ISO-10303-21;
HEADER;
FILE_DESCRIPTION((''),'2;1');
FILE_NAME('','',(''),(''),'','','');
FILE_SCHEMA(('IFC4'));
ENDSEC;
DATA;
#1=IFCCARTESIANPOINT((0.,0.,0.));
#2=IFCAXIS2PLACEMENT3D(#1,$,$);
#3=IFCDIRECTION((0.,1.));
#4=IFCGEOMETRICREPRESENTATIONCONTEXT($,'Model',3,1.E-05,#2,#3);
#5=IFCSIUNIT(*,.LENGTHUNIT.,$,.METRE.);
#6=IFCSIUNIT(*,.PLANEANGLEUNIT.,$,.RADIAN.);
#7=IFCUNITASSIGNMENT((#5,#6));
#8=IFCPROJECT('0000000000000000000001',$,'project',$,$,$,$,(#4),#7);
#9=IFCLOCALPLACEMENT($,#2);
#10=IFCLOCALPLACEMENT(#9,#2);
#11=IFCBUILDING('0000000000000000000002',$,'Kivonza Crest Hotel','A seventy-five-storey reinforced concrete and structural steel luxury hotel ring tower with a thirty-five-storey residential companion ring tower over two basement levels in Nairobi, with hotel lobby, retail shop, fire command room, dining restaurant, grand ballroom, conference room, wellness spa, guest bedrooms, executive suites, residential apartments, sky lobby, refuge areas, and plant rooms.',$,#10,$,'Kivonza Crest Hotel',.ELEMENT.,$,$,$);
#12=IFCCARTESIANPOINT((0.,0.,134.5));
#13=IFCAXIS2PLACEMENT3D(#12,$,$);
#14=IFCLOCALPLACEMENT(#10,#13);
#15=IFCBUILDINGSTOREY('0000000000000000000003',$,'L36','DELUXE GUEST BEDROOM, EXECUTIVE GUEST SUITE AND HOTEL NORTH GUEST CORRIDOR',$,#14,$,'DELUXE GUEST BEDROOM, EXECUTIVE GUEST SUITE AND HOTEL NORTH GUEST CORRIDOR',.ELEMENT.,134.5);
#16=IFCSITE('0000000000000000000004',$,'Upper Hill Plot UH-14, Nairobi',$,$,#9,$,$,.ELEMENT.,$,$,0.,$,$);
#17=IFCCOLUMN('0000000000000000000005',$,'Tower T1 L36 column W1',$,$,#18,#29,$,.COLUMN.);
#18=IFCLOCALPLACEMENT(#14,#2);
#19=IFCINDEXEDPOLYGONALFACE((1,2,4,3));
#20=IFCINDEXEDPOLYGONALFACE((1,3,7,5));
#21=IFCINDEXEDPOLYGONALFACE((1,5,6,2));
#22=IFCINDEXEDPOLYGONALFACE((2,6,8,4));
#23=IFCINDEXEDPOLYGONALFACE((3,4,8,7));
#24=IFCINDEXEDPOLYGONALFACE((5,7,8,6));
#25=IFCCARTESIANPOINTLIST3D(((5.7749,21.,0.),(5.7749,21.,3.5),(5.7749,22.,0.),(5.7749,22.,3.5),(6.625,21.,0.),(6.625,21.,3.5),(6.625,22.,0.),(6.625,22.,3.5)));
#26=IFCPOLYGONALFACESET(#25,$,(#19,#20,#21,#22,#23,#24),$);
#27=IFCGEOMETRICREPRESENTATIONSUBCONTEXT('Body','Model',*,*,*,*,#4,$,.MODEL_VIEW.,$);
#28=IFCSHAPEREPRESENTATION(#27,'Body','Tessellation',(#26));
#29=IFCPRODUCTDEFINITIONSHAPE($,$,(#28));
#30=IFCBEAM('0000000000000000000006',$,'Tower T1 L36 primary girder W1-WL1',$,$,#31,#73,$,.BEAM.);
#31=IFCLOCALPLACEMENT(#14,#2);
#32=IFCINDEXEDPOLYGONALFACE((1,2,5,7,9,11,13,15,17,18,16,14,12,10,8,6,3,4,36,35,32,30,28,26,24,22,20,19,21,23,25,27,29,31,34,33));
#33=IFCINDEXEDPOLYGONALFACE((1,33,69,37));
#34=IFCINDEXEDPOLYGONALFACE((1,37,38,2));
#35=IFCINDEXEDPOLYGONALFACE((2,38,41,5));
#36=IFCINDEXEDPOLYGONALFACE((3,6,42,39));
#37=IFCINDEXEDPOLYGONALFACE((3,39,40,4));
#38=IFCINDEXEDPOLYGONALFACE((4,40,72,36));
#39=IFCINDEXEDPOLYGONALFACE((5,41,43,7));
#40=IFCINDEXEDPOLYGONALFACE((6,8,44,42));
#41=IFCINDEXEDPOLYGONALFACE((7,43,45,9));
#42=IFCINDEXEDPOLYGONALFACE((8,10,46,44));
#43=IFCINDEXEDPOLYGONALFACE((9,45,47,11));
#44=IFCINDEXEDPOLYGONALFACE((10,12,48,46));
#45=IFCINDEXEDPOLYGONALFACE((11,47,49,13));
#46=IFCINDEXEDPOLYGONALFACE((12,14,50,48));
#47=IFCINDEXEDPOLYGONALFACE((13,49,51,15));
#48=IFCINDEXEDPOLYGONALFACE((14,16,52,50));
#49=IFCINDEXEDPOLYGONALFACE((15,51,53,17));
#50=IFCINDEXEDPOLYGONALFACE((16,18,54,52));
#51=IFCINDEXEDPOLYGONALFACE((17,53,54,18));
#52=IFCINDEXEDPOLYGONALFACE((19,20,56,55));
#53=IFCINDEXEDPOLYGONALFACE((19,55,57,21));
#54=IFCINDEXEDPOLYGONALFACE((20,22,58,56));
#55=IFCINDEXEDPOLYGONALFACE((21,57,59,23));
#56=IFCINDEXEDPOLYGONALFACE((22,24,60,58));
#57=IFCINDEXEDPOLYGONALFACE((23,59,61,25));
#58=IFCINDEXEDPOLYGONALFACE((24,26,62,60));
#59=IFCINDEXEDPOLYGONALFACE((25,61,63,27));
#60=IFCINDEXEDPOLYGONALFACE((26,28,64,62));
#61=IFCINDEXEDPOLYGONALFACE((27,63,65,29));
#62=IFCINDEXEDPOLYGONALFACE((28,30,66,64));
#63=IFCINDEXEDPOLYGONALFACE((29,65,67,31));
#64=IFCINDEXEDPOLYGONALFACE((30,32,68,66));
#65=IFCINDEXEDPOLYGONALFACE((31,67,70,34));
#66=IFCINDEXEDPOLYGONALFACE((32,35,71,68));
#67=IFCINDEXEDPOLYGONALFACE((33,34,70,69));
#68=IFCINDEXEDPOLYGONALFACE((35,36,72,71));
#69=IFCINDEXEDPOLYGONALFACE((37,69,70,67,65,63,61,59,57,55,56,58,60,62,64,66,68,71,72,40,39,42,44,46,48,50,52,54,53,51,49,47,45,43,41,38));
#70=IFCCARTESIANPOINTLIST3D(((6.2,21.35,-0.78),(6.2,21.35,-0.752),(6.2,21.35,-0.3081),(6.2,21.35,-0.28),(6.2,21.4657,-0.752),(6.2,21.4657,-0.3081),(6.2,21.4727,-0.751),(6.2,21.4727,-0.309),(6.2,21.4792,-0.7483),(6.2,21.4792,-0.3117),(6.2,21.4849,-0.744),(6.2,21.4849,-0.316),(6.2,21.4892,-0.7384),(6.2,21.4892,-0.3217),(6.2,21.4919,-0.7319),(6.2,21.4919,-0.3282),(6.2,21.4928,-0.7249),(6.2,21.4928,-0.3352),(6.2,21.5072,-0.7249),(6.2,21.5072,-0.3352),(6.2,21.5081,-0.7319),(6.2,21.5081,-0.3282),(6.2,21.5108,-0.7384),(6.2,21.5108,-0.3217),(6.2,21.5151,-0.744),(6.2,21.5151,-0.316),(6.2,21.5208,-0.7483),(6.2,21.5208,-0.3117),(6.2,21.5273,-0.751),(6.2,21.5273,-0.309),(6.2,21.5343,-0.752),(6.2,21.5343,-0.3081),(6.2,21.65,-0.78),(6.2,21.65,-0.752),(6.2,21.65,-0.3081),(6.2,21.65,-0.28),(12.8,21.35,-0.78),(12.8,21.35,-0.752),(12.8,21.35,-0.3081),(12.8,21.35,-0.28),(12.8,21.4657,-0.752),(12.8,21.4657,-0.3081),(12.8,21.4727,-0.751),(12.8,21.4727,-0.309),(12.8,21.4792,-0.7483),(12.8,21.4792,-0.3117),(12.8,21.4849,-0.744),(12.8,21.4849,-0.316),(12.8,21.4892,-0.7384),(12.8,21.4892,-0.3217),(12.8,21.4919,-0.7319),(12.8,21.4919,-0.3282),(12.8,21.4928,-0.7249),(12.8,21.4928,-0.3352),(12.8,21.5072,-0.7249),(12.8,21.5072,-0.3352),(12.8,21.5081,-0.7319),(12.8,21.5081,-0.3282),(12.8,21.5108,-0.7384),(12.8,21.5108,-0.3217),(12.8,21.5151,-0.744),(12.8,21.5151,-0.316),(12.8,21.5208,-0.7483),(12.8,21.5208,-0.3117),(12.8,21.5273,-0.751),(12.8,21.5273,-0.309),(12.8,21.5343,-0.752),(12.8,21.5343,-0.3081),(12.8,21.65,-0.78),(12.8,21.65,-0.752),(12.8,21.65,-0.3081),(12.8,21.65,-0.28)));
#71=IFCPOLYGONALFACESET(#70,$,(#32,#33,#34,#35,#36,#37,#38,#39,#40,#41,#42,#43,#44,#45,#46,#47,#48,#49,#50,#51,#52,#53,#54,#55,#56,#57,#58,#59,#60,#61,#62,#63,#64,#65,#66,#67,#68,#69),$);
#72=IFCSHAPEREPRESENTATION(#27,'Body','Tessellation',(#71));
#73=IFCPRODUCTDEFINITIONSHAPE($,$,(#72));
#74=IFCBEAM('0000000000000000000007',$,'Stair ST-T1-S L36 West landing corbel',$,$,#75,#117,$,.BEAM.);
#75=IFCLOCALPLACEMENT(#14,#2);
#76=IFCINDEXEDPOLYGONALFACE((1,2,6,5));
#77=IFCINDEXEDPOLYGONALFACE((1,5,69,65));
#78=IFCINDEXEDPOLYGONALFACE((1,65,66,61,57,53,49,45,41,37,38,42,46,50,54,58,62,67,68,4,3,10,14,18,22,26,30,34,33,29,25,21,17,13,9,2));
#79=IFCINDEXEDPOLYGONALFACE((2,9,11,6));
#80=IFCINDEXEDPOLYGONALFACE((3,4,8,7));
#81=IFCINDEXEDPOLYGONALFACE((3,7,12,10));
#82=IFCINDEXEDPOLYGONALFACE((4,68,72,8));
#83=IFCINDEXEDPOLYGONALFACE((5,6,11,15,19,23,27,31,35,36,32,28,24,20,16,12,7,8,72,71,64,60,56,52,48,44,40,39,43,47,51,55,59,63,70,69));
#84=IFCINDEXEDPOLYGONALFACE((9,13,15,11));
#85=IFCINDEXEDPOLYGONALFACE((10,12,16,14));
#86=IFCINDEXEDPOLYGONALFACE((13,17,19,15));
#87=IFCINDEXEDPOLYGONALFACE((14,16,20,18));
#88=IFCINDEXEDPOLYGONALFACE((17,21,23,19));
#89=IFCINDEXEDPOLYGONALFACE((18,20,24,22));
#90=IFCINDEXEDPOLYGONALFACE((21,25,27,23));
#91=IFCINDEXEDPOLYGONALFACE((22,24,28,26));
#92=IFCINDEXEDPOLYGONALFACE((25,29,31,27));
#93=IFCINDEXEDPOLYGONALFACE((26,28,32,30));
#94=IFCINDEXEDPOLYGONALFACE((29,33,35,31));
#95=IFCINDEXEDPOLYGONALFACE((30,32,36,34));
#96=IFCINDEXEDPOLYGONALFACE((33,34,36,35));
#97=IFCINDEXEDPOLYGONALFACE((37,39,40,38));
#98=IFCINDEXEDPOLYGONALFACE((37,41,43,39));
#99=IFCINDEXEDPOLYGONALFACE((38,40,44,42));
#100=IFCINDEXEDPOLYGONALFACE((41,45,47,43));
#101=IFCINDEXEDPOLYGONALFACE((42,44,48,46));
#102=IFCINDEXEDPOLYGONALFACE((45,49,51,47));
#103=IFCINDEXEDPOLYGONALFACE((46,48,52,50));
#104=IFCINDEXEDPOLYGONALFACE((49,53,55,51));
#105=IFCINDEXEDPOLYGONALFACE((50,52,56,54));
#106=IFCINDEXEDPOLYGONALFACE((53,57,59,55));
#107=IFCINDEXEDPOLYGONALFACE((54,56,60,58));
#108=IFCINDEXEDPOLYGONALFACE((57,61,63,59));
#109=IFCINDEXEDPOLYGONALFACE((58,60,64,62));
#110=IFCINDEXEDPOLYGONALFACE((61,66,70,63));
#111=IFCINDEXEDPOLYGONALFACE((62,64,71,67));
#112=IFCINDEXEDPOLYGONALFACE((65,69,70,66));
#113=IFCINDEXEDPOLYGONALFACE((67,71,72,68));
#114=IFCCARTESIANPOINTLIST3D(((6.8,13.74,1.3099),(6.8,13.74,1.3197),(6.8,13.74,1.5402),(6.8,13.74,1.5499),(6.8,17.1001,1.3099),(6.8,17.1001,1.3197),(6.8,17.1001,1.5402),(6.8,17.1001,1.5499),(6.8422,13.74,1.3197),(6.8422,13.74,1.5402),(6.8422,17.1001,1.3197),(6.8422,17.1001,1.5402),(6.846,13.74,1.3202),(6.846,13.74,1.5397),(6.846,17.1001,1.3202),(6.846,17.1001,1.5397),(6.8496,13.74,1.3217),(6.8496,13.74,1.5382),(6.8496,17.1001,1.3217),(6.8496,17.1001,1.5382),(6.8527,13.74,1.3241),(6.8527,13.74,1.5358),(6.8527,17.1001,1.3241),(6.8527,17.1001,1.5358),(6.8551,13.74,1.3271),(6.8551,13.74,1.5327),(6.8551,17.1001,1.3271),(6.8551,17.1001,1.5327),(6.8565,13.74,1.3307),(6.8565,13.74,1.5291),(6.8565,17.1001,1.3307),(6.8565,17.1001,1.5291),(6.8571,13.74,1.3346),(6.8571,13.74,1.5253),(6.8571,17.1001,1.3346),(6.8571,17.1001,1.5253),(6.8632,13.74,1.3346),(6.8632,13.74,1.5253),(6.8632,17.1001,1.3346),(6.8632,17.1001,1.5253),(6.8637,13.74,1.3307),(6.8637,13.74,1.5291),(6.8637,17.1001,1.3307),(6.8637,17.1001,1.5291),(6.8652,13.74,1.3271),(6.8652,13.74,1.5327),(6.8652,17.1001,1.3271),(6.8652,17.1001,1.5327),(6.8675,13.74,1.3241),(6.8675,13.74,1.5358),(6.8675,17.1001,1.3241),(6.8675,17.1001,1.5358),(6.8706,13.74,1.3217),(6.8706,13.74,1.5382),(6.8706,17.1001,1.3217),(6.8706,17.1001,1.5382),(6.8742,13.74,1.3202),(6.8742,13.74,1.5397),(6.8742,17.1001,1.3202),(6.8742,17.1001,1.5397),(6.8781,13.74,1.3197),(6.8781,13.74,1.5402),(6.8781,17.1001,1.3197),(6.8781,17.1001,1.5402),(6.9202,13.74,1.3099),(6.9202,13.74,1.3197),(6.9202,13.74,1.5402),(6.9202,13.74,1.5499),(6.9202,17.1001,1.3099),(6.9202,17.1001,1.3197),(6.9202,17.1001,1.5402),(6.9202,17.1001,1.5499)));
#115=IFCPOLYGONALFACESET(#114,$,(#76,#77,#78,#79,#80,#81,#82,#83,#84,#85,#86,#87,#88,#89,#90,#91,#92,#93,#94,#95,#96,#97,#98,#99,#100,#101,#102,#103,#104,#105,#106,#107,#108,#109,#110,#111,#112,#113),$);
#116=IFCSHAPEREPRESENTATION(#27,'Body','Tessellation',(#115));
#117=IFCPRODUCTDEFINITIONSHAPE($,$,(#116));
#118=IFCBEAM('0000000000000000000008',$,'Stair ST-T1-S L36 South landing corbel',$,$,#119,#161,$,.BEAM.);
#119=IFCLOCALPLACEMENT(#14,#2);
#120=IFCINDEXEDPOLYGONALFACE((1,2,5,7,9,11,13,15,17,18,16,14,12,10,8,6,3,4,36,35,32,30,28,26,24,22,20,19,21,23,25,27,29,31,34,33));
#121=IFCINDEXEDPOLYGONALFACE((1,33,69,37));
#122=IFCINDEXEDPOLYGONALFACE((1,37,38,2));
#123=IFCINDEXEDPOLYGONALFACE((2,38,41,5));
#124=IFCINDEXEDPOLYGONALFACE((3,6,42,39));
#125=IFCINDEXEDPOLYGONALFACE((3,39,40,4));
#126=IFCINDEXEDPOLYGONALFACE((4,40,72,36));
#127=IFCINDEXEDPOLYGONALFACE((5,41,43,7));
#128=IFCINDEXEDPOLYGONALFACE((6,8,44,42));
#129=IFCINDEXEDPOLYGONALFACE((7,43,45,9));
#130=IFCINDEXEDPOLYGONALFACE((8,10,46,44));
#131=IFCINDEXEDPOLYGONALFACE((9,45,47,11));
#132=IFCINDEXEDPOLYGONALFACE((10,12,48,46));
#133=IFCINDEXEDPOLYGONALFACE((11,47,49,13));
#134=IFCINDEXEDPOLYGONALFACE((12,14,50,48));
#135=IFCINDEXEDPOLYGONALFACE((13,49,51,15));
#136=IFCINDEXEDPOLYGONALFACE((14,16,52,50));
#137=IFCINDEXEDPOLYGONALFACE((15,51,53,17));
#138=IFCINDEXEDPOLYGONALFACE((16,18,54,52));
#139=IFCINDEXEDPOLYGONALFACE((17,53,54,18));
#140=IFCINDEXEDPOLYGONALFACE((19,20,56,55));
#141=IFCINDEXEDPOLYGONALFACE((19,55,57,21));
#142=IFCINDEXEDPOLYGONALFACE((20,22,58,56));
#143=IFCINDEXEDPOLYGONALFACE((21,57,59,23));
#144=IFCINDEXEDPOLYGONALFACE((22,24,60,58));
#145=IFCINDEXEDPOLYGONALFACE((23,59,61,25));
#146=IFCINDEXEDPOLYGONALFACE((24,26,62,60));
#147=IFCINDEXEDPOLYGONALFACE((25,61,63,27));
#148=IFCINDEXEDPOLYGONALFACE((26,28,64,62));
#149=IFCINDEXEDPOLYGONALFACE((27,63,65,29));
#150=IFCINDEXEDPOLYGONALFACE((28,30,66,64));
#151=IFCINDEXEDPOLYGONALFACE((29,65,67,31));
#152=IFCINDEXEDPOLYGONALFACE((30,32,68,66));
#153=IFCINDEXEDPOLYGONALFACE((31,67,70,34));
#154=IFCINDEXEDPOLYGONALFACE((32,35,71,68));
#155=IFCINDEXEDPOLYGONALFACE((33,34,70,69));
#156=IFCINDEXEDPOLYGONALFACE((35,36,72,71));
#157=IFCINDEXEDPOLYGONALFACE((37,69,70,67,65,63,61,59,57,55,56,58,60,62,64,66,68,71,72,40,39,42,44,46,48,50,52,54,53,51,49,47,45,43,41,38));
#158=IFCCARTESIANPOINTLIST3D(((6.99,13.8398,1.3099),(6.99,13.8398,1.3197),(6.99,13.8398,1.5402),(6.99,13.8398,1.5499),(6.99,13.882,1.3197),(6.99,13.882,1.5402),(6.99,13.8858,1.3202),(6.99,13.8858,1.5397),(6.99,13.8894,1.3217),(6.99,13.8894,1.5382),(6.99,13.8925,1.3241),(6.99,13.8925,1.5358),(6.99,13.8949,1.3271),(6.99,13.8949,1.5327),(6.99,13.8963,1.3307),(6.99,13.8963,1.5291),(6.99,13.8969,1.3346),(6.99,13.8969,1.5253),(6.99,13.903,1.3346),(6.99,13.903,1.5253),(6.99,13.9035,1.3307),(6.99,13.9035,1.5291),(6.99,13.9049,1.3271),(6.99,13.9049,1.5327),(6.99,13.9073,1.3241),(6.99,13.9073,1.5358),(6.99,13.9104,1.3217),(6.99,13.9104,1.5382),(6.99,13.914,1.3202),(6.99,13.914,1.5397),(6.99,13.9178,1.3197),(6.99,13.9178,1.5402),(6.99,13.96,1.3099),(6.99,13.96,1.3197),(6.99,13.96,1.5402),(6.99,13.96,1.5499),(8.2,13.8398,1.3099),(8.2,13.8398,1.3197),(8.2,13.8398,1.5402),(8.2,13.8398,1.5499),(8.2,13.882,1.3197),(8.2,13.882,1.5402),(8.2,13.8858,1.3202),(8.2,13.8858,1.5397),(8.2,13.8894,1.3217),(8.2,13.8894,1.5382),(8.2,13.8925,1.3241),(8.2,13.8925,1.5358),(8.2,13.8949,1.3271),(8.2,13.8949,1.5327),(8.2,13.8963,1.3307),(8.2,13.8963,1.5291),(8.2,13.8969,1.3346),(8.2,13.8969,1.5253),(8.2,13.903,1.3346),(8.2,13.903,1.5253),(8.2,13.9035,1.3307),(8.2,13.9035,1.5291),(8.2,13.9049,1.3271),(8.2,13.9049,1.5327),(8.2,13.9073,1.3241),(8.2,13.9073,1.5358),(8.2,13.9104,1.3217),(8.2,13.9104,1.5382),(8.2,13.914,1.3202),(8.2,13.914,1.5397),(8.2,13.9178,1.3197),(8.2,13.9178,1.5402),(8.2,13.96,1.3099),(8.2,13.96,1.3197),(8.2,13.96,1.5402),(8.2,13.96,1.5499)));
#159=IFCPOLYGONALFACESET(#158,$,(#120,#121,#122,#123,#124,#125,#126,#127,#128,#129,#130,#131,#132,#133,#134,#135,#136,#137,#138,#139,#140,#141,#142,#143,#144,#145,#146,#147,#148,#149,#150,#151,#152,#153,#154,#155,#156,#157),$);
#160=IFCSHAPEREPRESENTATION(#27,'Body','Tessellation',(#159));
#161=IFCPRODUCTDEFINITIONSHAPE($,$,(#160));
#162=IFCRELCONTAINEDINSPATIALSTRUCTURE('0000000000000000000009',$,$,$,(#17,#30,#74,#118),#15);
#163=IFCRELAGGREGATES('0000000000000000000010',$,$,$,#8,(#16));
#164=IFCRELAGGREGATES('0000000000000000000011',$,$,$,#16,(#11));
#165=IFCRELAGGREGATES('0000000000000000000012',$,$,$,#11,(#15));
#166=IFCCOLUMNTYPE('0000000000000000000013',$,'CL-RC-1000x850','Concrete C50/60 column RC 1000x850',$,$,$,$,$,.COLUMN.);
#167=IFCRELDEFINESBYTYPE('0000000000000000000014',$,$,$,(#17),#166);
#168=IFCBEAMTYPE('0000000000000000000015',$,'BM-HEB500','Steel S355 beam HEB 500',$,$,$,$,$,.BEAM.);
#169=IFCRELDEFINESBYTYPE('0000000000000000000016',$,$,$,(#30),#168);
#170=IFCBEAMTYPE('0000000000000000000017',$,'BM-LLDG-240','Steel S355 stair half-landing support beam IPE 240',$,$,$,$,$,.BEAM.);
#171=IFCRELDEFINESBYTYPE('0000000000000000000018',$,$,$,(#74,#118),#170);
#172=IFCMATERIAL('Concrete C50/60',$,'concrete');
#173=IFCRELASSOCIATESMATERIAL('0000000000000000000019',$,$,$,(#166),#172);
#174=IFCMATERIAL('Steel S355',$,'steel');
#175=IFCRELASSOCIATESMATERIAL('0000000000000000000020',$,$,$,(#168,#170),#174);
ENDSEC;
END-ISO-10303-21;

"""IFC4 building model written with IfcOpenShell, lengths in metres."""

from ifc_helpers import new_model, si_unit, direction, frame, origin, origin_2d, place, context, subcontext, project, spatial, rectangle, i_section, extrude, material, material_profile, profile_set, type_object, element, save


model = new_model("IFC4")

# Units and contexts
model_context = context("Model", 3, precision=1e-05, world=origin(), true_north=direction((0.0, 1.0)))
body_context = subcontext(model_context, "Body", "Model", "MODEL_VIEW")
ifc_project = project(units=[si_unit("LENGTHUNIT", "METRE"), si_unit("PLANEANGLEUNIT", "RADIAN")], contexts=[model_context])

# Site, building, storey
site_placement = place(None, origin())
site = spatial("IfcSite", under=ifc_project, at=site_placement, Name="Upper Hill Plot UH-14, Nairobi", CompositionType="ELEMENT", RefElevation=0.0)
building_placement = place(site_placement, origin())
building = spatial("IfcBuilding", under=site, at=building_placement, Name="Kivonza Crest Hotel", Description="A seventy-five-storey reinforced concrete and structural steel luxury hotel ring tower with a thirty-five-storey residential companion ring tower over two basement levels in Nairobi, with hotel lobby, retail shop, fire command room, dining restaurant, grand ballroom, conference room, wellness spa, guest bedrooms, executive suites, residential apartments, sky lobby, refuge areas, and plant rooms.", LongName="Kivonza Crest Hotel", CompositionType="ELEMENT")
storey_placement = place(building_placement, frame((0.0, 0.0, 134.5)))
storey = spatial("IfcBuildingStorey", under=building, at=storey_placement, Name="L36", Description="DELUXE GUEST BEDROOM, EXECUTIVE GUEST SUITE AND HOTEL NORTH GUEST CORRIDOR", LongName="DELUXE GUEST BEDROOM, EXECUTIVE GUEST SUITE AND HOTEL NORTH GUEST CORRIDOR", CompositionType="ELEMENT", Elevation=134.5)

# Column
ifc_material_1 = material(Name="Concrete C50/60", Category="concrete")
ifc_material_profile_1 = material_profile(ifc_material_1, rectangle(XDim=0.8501, YDim=1.0, at=origin_2d()), Name="RC 1000x850")
ifc_profile_set_1 = profile_set([ifc_material_profile_1], Name="Concrete C50/60")
column_type = type_object("IfcColumnType", Name="CL-RC-1000x850", Description="Concrete C50/60 column RC 1000x850", PredefinedType="COLUMN", material=ifc_profile_set_1)
column_placement = place(storey_placement, frame((6.2, 21.5, 0.0), z_axis=(0.0, 0.0, 1.0), x_axis=(1.0, 0.0, 0.0)))
element("IfcColumn", 1, at=column_placement, inside=storey, type_object=column_type, Name="Tower T1 L36 column W1", PredefinedType="COLUMN", context=body_context, shape_type="SweptSolid", body=[
    extrude(rectangle(XDim=0.8501, YDim=1.0, at=origin_2d()), origin(), (0.0, 0.0, 1.0), 3.5),
])

# Beams
ifc_material_2 = material(Name="Steel S355", Category="steel")
ifc_material_profile_2 = material_profile(ifc_material_2, i_section(OverallWidth=0.3, OverallDepth=0.5, WebThickness=0.0144, FlangeThickness=0.0281, FilletRadius=0.0271, at=origin_2d()), Name="HEB 500")
ifc_profile_set_2 = profile_set([ifc_material_profile_2], Name="Steel S355")
beam_type_1 = type_object("IfcBeamType", Name="BM-HEB500", Description="Steel S355 beam HEB 500", PredefinedType="BEAM", material=ifc_profile_set_2)
beam_1_placement = place(storey_placement, frame((6.2, 21.5, -0.53), z_axis=(1.0, 0.0, 0.0), x_axis=(0.0, 1.0, 0.0)))
element("IfcBeam", 2, at=beam_1_placement, inside=storey, type_object=beam_type_1, Name="Tower T1 L36 primary girder W1-WL1", PredefinedType="BEAM", context=body_context, shape_type="SweptSolid", body=[
    extrude(i_section(OverallWidth=0.3, OverallDepth=0.5, WebThickness=0.0144, FlangeThickness=0.0281, FilletRadius=0.0271, at=origin_2d()), origin(), (0.0, 0.0, 1.0), 6.6001),
])
ifc_material_profile_3 = material_profile(ifc_material_2, i_section(OverallWidth=0.1201, OverallDepth=0.24, WebThickness=0.0061, FlangeThickness=0.0098, FilletRadius=0.0149, at=origin_2d()), Name="IPE 240")
ifc_profile_set_3 = profile_set([ifc_material_profile_3], Name="Steel S355")
beam_type_2 = type_object("IfcBeamType", Name="BM-LLDG-240", Description="Steel S355 stair half-landing support beam IPE 240", PredefinedType="BEAM", material=ifc_profile_set_3)
beam_2_placement = place(storey_placement, frame((6.8601, 13.74, 1.4299), z_axis=(0.0, 1.0, 0.0), x_axis=(-1.0, 0.0, 0.0)))
element("IfcBeam", 3, at=beam_2_placement, inside=storey, type_object=beam_type_2, Name="Stair ST-T1-S L36 West landing corbel", PredefinedType="BEAM", context=body_context, shape_type="SweptSolid", body=[
    extrude(i_section(OverallWidth=0.1201, OverallDepth=0.24, WebThickness=0.0061, FlangeThickness=0.0098, FilletRadius=0.0149, at=origin_2d()), origin(), (0.0, 0.0, 1.0), 3.3601),
])
for number, where, z_axis, x_axis, name in (
    (4, (6.99, 13.8999, 1.4299), (1.0, 0.0, 0.0), (0.0, 1.0, 0.0), "Stair ST-T1-S L36 South landing corbel"),
):
    element("IfcBeam", number, at=place(storey_placement, frame(where, z_axis=z_axis, x_axis=x_axis)), inside=storey, type_object=beam_type_2, Name=name, PredefinedType="BEAM", context=body_context, shape_type="SweptSolid", body=[
        extrude(i_section(OverallWidth=0.1201, OverallDepth=0.24, WebThickness=0.0061, FlangeThickness=0.0098, FilletRadius=0.0149, at=origin_2d()), origin(), (0.0, 0.0, 1.0), 1.21),
    ])

save(model, "model.ifc")
